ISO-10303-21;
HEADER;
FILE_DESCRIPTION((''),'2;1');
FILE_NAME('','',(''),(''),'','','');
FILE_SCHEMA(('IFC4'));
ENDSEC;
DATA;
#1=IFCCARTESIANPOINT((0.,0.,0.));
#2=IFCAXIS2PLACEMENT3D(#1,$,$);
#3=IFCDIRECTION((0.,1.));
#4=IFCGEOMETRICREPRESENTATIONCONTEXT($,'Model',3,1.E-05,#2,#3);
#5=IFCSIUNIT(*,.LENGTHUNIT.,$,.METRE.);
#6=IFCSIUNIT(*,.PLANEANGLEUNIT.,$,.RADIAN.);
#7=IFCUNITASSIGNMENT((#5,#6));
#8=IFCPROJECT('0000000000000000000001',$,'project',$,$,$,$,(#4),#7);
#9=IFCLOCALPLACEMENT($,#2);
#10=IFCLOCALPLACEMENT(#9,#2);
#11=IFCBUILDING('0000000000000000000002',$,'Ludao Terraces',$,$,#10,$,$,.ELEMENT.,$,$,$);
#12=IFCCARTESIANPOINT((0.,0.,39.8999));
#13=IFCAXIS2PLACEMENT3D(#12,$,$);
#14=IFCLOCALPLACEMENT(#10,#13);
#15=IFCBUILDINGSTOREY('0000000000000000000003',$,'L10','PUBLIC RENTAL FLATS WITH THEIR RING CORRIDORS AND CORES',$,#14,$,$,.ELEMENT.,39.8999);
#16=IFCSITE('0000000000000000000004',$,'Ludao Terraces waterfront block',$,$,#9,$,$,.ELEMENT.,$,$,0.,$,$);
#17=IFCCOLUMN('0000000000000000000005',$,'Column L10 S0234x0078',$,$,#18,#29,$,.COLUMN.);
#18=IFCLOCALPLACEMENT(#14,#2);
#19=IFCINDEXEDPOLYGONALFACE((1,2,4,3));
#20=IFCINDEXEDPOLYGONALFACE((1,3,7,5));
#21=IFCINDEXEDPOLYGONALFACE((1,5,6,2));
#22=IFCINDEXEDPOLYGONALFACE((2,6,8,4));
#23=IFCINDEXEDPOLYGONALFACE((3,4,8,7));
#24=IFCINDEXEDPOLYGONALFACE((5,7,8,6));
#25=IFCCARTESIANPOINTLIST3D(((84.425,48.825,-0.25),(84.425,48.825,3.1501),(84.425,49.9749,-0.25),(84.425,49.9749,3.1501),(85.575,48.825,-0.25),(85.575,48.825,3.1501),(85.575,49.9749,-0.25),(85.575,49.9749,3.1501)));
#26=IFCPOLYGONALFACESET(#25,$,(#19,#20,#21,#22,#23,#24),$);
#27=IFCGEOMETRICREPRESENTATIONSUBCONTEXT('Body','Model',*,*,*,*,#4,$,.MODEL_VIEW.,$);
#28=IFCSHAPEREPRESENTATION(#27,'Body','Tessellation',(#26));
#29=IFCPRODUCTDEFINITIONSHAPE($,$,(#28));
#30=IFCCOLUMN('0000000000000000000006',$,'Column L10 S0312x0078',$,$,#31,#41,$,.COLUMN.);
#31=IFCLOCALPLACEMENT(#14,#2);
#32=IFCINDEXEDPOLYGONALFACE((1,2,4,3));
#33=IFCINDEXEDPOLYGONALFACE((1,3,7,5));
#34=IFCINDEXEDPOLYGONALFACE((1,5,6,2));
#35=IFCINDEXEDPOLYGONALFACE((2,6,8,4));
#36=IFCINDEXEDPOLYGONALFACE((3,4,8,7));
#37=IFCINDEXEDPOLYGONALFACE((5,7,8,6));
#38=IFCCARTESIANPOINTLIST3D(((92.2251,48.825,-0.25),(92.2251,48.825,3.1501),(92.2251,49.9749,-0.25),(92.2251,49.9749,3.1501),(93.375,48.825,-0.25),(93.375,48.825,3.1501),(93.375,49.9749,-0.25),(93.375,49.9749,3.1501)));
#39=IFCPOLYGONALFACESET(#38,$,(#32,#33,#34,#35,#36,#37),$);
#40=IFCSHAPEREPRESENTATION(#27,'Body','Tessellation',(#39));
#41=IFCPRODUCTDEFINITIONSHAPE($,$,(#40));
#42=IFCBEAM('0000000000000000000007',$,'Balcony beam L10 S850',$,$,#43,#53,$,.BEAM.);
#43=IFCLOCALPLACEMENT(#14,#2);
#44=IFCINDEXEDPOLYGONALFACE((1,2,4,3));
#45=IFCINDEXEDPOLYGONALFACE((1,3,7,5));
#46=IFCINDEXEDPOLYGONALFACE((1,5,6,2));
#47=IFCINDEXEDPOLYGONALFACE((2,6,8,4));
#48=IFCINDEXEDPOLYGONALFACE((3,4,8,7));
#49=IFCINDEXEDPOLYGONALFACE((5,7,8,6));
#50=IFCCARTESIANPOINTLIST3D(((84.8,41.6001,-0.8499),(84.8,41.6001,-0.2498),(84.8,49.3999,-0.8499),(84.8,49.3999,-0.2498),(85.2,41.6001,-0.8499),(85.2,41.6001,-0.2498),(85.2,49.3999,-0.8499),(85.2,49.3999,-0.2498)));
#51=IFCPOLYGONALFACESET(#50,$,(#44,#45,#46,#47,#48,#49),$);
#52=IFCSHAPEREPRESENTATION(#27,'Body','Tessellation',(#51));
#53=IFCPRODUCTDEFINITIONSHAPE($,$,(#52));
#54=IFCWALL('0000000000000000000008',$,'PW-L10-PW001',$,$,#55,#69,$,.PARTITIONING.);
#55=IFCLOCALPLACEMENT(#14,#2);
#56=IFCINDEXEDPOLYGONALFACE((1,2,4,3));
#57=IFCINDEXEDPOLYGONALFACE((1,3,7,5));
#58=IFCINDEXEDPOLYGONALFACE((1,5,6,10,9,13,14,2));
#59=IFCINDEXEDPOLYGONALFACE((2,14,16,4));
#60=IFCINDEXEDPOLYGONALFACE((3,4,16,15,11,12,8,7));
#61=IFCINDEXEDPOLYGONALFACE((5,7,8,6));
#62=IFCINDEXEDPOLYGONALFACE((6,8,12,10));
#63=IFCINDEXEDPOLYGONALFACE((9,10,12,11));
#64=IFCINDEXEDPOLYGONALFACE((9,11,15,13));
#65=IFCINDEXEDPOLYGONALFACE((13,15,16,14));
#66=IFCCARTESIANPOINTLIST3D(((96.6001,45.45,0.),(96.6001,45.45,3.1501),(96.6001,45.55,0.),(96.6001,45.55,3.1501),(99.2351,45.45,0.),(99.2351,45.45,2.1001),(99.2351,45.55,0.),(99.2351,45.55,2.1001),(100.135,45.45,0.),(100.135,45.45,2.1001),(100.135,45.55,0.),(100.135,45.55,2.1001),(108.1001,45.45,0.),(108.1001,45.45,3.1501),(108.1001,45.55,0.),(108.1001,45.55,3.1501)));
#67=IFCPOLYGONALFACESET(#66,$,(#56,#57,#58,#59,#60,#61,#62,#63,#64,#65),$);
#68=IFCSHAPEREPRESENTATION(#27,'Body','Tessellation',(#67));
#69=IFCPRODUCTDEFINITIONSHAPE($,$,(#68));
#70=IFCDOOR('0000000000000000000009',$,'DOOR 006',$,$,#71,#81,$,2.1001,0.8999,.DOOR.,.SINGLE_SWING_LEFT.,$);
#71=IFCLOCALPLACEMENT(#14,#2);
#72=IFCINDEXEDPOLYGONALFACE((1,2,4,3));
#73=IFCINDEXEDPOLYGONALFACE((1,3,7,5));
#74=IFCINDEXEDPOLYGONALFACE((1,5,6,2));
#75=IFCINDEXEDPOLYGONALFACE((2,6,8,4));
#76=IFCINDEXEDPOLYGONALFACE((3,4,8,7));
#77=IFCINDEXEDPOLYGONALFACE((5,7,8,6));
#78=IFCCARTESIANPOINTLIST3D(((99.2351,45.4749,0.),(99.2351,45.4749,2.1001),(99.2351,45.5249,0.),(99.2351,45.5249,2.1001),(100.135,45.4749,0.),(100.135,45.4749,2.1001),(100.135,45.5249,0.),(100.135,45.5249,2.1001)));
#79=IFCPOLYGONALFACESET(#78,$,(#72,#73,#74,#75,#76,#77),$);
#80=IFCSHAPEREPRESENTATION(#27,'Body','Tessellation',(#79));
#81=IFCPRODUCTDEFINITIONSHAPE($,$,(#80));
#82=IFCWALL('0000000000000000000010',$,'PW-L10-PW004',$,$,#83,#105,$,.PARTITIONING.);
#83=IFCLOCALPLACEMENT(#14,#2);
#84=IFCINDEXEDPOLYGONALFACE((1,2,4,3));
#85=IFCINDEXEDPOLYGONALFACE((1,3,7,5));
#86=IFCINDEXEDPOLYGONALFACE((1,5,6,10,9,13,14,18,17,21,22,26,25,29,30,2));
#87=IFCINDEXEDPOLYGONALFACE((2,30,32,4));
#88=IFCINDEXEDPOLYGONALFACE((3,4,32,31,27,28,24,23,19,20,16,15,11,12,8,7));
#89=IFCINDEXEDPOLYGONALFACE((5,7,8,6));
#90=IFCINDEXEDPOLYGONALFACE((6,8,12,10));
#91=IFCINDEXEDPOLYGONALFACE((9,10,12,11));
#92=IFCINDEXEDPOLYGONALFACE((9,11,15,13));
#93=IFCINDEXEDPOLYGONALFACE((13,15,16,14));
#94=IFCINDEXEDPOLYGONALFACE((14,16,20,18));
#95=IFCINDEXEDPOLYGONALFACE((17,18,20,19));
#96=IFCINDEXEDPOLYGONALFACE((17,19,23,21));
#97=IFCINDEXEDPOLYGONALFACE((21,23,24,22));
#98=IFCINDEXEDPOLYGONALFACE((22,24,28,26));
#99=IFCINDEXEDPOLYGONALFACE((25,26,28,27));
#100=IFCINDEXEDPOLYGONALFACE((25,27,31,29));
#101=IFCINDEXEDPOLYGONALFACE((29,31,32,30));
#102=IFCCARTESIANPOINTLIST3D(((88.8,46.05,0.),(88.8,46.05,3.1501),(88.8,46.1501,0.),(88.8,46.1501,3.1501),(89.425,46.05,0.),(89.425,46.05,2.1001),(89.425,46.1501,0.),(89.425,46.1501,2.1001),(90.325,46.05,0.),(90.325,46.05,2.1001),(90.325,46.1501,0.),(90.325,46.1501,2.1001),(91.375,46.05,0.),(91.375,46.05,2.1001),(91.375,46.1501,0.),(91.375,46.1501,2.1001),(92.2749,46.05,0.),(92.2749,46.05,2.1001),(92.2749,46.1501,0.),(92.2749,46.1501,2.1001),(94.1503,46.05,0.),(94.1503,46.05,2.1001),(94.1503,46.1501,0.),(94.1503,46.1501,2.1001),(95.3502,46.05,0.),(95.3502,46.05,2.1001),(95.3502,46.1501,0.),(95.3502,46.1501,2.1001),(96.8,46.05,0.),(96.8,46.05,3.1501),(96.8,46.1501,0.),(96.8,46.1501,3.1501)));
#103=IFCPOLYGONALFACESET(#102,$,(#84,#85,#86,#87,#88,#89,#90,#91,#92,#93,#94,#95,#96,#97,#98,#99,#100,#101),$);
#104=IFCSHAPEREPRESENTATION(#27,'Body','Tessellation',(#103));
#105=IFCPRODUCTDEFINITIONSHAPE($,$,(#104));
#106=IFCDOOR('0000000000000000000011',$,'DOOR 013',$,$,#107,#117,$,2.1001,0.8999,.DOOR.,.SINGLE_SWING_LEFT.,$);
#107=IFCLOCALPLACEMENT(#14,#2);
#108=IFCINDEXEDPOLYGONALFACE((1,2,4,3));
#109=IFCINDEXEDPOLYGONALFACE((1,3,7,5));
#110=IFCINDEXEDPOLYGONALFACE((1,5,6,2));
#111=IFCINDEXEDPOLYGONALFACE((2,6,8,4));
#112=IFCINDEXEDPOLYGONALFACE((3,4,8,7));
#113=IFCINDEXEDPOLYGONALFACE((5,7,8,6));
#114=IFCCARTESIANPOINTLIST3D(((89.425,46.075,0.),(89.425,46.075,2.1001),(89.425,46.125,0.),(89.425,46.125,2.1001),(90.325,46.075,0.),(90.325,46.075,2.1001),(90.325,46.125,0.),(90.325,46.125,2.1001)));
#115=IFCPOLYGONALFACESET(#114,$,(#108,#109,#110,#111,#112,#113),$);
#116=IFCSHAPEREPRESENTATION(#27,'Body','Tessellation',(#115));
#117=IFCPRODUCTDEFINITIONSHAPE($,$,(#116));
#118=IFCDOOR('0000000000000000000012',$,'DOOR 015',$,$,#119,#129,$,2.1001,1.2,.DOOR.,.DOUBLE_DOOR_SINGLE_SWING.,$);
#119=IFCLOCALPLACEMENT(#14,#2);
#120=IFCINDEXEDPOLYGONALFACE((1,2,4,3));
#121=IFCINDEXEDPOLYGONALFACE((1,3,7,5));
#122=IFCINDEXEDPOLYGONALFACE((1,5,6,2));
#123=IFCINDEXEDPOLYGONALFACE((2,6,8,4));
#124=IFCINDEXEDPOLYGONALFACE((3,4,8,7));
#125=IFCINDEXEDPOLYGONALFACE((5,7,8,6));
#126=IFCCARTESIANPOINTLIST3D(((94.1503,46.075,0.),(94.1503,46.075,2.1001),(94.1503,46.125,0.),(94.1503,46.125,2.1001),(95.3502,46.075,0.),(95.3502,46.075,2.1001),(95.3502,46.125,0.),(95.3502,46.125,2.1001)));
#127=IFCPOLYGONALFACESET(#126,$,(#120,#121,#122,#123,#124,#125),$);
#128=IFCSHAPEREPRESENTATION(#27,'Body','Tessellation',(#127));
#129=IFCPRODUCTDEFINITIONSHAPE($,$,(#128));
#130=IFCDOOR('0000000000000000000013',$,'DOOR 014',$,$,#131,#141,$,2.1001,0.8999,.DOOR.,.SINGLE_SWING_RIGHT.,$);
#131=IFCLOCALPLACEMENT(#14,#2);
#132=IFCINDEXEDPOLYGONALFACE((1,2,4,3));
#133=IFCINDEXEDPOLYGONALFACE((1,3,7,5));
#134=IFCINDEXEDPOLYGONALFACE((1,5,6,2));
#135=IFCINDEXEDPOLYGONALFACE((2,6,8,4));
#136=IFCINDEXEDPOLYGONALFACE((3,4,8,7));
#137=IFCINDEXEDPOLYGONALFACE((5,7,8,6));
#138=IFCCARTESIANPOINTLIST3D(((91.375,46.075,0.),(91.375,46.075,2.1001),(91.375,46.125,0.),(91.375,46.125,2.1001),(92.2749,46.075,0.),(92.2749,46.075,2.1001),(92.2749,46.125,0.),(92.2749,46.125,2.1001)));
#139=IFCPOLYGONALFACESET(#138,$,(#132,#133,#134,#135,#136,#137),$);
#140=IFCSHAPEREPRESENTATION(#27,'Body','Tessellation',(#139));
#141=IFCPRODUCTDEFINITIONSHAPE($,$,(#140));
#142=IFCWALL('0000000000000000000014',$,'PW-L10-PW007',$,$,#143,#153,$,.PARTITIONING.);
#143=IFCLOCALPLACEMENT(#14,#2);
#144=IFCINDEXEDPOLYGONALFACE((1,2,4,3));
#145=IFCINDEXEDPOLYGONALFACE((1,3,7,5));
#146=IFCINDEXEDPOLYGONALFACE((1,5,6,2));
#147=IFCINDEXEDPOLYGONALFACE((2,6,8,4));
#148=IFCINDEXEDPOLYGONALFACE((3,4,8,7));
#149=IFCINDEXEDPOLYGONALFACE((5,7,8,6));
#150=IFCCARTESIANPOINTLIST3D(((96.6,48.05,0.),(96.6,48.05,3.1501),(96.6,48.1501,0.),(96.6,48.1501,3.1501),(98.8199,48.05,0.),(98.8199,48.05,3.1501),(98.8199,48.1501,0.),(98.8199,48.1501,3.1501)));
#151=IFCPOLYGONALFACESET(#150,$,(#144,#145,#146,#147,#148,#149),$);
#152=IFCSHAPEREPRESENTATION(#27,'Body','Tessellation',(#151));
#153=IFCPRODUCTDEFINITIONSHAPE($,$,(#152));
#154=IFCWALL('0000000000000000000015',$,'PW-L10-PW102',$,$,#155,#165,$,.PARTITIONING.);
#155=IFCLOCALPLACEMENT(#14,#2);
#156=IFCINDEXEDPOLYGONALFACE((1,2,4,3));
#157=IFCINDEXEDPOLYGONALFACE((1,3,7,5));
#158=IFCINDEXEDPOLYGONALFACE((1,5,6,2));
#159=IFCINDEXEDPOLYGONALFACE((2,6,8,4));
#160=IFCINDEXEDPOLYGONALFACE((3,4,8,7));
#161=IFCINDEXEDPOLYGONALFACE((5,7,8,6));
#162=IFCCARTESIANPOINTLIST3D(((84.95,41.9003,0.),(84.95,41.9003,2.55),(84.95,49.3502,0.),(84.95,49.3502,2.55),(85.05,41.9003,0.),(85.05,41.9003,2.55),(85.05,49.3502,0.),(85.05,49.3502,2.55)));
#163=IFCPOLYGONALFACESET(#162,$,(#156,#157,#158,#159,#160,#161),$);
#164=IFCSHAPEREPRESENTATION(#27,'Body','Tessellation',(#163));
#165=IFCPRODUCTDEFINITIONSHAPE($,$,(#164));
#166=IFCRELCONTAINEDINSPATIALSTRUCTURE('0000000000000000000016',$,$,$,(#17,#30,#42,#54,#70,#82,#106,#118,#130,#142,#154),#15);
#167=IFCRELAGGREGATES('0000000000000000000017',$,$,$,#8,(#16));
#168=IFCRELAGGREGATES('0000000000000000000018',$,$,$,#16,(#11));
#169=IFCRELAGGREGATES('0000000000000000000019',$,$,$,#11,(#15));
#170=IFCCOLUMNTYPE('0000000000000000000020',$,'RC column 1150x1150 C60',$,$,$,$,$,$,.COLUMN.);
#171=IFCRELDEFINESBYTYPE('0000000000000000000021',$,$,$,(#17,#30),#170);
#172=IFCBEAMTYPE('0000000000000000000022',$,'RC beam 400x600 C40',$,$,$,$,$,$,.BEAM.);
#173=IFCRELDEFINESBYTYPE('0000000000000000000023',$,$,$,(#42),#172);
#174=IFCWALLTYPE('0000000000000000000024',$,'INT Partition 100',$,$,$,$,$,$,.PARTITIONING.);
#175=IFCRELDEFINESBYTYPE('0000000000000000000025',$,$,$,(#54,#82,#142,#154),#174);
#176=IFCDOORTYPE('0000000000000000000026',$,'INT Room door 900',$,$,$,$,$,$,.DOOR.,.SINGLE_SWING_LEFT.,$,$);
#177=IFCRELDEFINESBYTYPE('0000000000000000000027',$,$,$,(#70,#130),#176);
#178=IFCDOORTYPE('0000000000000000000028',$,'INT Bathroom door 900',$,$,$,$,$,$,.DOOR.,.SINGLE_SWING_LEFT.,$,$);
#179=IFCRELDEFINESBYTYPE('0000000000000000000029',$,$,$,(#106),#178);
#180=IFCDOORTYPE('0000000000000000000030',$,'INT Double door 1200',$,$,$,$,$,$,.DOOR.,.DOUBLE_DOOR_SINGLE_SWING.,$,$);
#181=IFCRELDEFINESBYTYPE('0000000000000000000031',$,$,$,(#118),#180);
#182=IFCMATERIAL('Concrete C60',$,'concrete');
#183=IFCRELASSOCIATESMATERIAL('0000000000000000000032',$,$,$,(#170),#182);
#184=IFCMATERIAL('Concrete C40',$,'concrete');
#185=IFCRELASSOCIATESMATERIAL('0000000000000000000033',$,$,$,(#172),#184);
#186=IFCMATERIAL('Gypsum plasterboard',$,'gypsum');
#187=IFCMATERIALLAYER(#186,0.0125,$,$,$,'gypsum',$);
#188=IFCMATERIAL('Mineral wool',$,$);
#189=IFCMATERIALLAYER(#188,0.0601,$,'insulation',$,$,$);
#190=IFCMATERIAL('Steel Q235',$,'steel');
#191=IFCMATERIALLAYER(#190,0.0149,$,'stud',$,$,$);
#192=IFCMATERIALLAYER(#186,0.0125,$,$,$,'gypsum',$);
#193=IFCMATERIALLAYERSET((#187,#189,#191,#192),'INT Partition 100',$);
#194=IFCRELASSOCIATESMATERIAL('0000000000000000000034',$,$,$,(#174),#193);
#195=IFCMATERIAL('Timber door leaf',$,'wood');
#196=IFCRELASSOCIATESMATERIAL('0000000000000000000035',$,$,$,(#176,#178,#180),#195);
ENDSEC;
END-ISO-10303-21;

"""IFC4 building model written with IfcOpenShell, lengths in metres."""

from ifc_helpers import new_model, si_unit, direction, frame, frame_2d, origin, origin_2d, place, context, subcontext, project, spatial, rectangle, extrude, material, layer, layer_set, material_profile, profile_set, type_object, element, fill, save


model = new_model("IFC4")

# Units and contexts
model_context = context("Model", 3, precision=1e-05, world=origin(), true_north=direction((0.0, 1.0)))
body_context = subcontext(model_context, "Body", "Model", "MODEL_VIEW")
ifc_project = project(units=[si_unit("LENGTHUNIT", "METRE"), si_unit("PLANEANGLEUNIT", "RADIAN")], contexts=[model_context])

# Site, building, storey
site_placement = place(None, origin())
site = spatial("IfcSite", under=ifc_project, at=site_placement, Name="Ludao Terraces waterfront block", CompositionType="ELEMENT", RefElevation=0.0)
building_placement = place(site_placement, origin())
building = spatial("IfcBuilding", under=site, at=building_placement, Name="Ludao Terraces", CompositionType="ELEMENT")
storey_placement = place(building_placement, frame((0.0, 0.0, 39.8999)))
storey = spatial("IfcBuildingStorey", under=building, at=storey_placement, Name="L10", Description="PUBLIC RENTAL FLATS WITH THEIR RING CORRIDORS AND CORES", CompositionType="ELEMENT", Elevation=39.8999)

# Columns
ifc_material_1 = material(Name="Concrete C60", Category="concrete")
ifc_material_profile_1 = material_profile(ifc_material_1, rectangle(XDim=1.1499, YDim=1.1499, at=origin_2d()), Name="1150 X 1150")
ifc_profile_set_1 = profile_set([ifc_material_profile_1], Name="Concrete C60")
column_type = type_object("IfcColumnType", Name="RC column 1150x1150 C60", PredefinedType="COLUMN", material=ifc_profile_set_1)
for number, where, z_axis, x_axis, name in (
    (1, (85.0, 49.3999, -0.25), (0.0, 0.0, 1.0), (1.0, 0.0, 0.0), "Column L10 S0234x0078"),
    (2, (92.8, 49.3999, -0.25), (0.0, 0.0, 1.0), (1.0, 0.0, 0.0), "Column L10 S0312x0078"),
):
    element("IfcColumn", number, at=place(storey_placement, frame(where, z_axis=z_axis, x_axis=x_axis)), inside=storey, type_object=column_type, Name=name, PredefinedType="COLUMN", context=body_context, shape_type="SweptSolid", body=[
        extrude(rectangle(XDim=1.1499, YDim=1.1499, at=origin_2d()), origin(), (0.0, 0.0, 1.0), 3.4001),
    ])

# Beam
ifc_material_2 = material(Name="Concrete C40", Category="concrete")
ifc_material_profile_2 = material_profile(ifc_material_2, rectangle(XDim=0.3999, YDim=0.6001, at=origin_2d()), Name="400 X 600")
ifc_profile_set_2 = profile_set([ifc_material_profile_2], Name="Concrete C40")
beam_type = type_object("IfcBeamType", Name="RC beam 400x600 C40", PredefinedType="BEAM", material=ifc_profile_set_2)
beam_placement = place(storey_placement, frame((85.0, 49.3999, -0.5498), z_axis=(0.0, -1.0, 0.0), x_axis=(1.0, 0.0, 0.0)))
element("IfcBeam", 3, at=beam_placement, inside=storey, type_object=beam_type, Name="Balcony beam L10 S850", PredefinedType="BEAM", context=body_context, shape_type="SweptSolid", body=[
    extrude(rectangle(XDim=0.3999, YDim=0.6001, at=origin_2d()), origin(), (0.0, 0.0, 1.0), 7.7998),
])

# Shared definitions
ifc_material_3 = material(Name="Mineral wool")

# Wall, opening, door
ifc_material_4 = material(Name="Gypsum plasterboard", Category="gypsum")
ifc_layer_1 = layer(ifc_material_4, 0.0125, Category="gypsum")
ifc_layer_2 = layer(ifc_material_3, 0.0601, Name="insulation")
ifc_material_5 = material(Name="Steel Q235", Category="steel")
ifc_layer_3 = layer(ifc_material_5, 0.0149, Name="stud")
ifc_layer_4 = layer(ifc_material_4, 0.0125, Category="gypsum")
ifc_layer_set_1 = layer_set([ifc_layer_1, ifc_layer_2, ifc_layer_3, ifc_layer_4], Name="INT Partition 100")
wall_type_1 = type_object("IfcWallType", Name="INT Partition 100", PredefinedType="PARTITIONING", material=ifc_layer_set_1)
wall_1_placement = place(storey_placement, frame((96.6001, 45.5, 0.0), z_axis=(0.0, 0.0, 1.0), x_axis=(1.0, 0.0, 0.0)))
wall_1 = element("IfcWall", 4, at=wall_1_placement, inside=storey, type_object=wall_type_1, Name="PW-L10-PW001", PredefinedType="PARTITIONING", context=body_context, shape_type="SweptSolid", body=[
    extrude(rectangle(XDim=11.5, YDim=0.1001, at=frame_2d((5.75, 0.0))), origin(), (0.0, 0.0, 1.0), 3.1501),
])
opening_1_placement = place(wall_1_placement, frame((2.635, 0.0, 0.0)))
opening_1 = element("IfcOpeningElement", 5, at=opening_1_placement, cuts=wall_1, PredefinedType="OPENING", context=body_context, shape_type="SweptSolid", body=[
    extrude(rectangle(XDim=0.8999, YDim=2.1001, at=frame_2d((0.45, 1.05))), frame((0.0, 0.0601, 0.0), z_axis=(0.0, -1.0, 0.0), x_axis=(1.0, 0.0, 0.0)), (0.0, 0.0, 1.0), 0.1201),
])
ifc_material_6 = material(Name="Timber door leaf", Category="wood")
door_type_1 = type_object("IfcDoorType", Name="INT Room door 900", OperationType="SINGLE_SWING_LEFT", PredefinedType="DOOR", material=ifc_material_6)
door_1_placement = place(opening_1_placement, origin())
door_1 = element("IfcDoor", 6, at=door_1_placement, inside=storey, type_object=door_type_1, Name="DOOR 006", OperationType="SINGLE_SWING_LEFT", OverallHeight=2.1001, OverallWidth=0.8999, PredefinedType="DOOR", context=body_context, shape_type="SweptSolid", body=[
    extrude(rectangle(XDim=0.8999, YDim=2.1001, at=frame_2d((0.45, 1.05))), frame((0.0, 0.0249, 0.0), z_axis=(0.0, -1.0, 0.0), x_axis=(1.0, 0.0, 0.0)), (0.0, 0.0, 1.0), 0.05),
])
fill(opening_1, door_1)

# Wall, openings, doors
wall_2_placement = place(storey_placement, frame((88.8, 46.1001, 0.0), z_axis=(0.0, 0.0, 1.0), x_axis=(1.0, 0.0, 0.0)))
wall_2 = element("IfcWall", 7, at=wall_2_placement, inside=storey, type_object=wall_type_1, Name="PW-L10-PW004", PredefinedType="PARTITIONING", context=body_context, shape_type="SweptSolid", body=[
    extrude(rectangle(XDim=8.0, YDim=0.1001, at=frame_2d((4.0, 0.0))), origin(), (0.0, 0.0, 1.0), 3.1501),
])
opening_2_placement = place(wall_2_placement, frame((0.625, 0.0, 0.0)))
opening_2 = element("IfcOpeningElement", 8, at=opening_2_placement, cuts=wall_2, PredefinedType="OPENING", context=body_context, shape_type="SweptSolid", body=[
    extrude(rectangle(XDim=0.8999, YDim=2.1001, at=frame_2d((0.45, 1.05))), frame((0.0, 0.0601, 0.0), z_axis=(0.0, -1.0, 0.0), x_axis=(1.0, 0.0, 0.0)), (0.0, 0.0, 1.0), 0.1201),
])
opening_3_placement = place(wall_2_placement, frame((2.575, 0.0, 0.0)))
opening_3 = element("IfcOpeningElement", 9, at=opening_3_placement, cuts=wall_2, PredefinedType="OPENING", context=body_context, shape_type="SweptSolid", body=[
    extrude(rectangle(XDim=0.8999, YDim=2.1001, at=frame_2d((0.45, 1.05))), frame((0.0, 0.0601, 0.0), z_axis=(0.0, -1.0, 0.0), x_axis=(1.0, 0.0, 0.0)), (0.0, 0.0, 1.0), 0.1201),
])
opening_4_placement = place(wall_2_placement, frame((5.3501, 0.0, 0.0)))
opening_4 = element("IfcOpeningElement", 10, at=opening_4_placement, cuts=wall_2, PredefinedType="OPENING", context=body_context, shape_type="SweptSolid", body=[
    extrude(rectangle(XDim=1.2, YDim=2.1001, at=frame_2d((0.6001, 1.05))), frame((0.0, 0.0601, 0.0), z_axis=(0.0, -1.0, 0.0), x_axis=(1.0, 0.0, 0.0)), (0.0, 0.0, 1.0), 0.1201),
])
door_type_2 = type_object("IfcDoorType", Name="INT Bathroom door 900", OperationType="SINGLE_SWING_LEFT", PredefinedType="DOOR", material=ifc_material_6)
door_2_placement = place(opening_2_placement, origin())
door_2 = element("IfcDoor", 11, at=door_2_placement, inside=storey, type_object=door_type_2, Name="DOOR 013", OperationType="SINGLE_SWING_LEFT", OverallHeight=2.1001, OverallWidth=0.8999, PredefinedType="DOOR", context=body_context, shape_type="SweptSolid", body=[
    extrude(rectangle(XDim=0.8999, YDim=2.1001, at=frame_2d((0.45, 1.05))), frame((0.0, 0.0249, 0.0), z_axis=(0.0, -1.0, 0.0), x_axis=(1.0, 0.0, 0.0)), (0.0, 0.0, 1.0), 0.05),
])
fill(opening_2, door_2)
door_type_3 = type_object("IfcDoorType", Name="INT Double door 1200", OperationType="DOUBLE_DOOR_SINGLE_SWING", PredefinedType="DOOR", material=ifc_material_6)
door_3_placement = place(opening_4_placement, origin())
door_3 = element("IfcDoor", 12, at=door_3_placement, inside=storey, type_object=door_type_3, Name="DOOR 015", OperationType="DOUBLE_DOOR_SINGLE_SWING", OverallHeight=2.1001, OverallWidth=1.2, PredefinedType="DOOR", context=body_context, shape_type="SweptSolid", body=[
    extrude(rectangle(XDim=1.2, YDim=2.1001, at=frame_2d((0.6001, 1.05))), frame((0.0, 0.0249, 0.0), z_axis=(0.0, -1.0, 0.0), x_axis=(1.0, 0.0, 0.0)), (0.0, 0.0, 1.0), 0.05),
])
fill(opening_4, door_3)
door_4_placement = place(opening_3_placement, origin())
door_4 = element("IfcDoor", 13, at=door_4_placement, inside=storey, type_object=door_type_1, Name="DOOR 014", OperationType="SINGLE_SWING_RIGHT", OverallHeight=2.1001, OverallWidth=0.8999, PredefinedType="DOOR", context=body_context, shape_type="SweptSolid", body=[
    extrude(rectangle(XDim=0.8999, YDim=2.1001, at=frame_2d((0.45, 1.05))), frame((0.0, 0.0249, 0.0), z_axis=(0.0, -1.0, 0.0), x_axis=(1.0, 0.0, 0.0)), (0.0, 0.0, 1.0), 0.05),
])
fill(opening_3, door_4)

# Walls
wall_3_placement = place(storey_placement, frame((96.6001, 48.1001, 0.0), z_axis=(0.0, 0.0, 1.0), x_axis=(1.0, 0.0, 0.0)))
element("IfcWall", 14, at=wall_3_placement, inside=storey, type_object=wall_type_1, Name="PW-L10-PW007", PredefinedType="PARTITIONING", context=body_context, shape_type="SweptSolid", body=[
    extrude(rectangle(XDim=2.22, YDim=0.1001, at=frame_2d((1.1099, 0.0))), origin(), (0.0, 0.0, 1.0), 3.1501),
])
wall_4_placement = place(storey_placement, frame((85.0, 41.9001, 0.0), z_axis=(0.0, 0.0, 1.0), x_axis=(0.0, 1.0, 0.0)))
element("IfcWall", 15, at=wall_4_placement, inside=storey, type_object=wall_type_1, Name="PW-L10-PW102", PredefinedType="PARTITIONING", context=body_context, shape_type="SweptSolid", body=[
    extrude(rectangle(XDim=7.45, YDim=0.1001, at=frame_2d((3.7251, 0.0))), origin(), (0.0, 0.0, 1.0), 2.55),
])

save(model, "model.ifc")
